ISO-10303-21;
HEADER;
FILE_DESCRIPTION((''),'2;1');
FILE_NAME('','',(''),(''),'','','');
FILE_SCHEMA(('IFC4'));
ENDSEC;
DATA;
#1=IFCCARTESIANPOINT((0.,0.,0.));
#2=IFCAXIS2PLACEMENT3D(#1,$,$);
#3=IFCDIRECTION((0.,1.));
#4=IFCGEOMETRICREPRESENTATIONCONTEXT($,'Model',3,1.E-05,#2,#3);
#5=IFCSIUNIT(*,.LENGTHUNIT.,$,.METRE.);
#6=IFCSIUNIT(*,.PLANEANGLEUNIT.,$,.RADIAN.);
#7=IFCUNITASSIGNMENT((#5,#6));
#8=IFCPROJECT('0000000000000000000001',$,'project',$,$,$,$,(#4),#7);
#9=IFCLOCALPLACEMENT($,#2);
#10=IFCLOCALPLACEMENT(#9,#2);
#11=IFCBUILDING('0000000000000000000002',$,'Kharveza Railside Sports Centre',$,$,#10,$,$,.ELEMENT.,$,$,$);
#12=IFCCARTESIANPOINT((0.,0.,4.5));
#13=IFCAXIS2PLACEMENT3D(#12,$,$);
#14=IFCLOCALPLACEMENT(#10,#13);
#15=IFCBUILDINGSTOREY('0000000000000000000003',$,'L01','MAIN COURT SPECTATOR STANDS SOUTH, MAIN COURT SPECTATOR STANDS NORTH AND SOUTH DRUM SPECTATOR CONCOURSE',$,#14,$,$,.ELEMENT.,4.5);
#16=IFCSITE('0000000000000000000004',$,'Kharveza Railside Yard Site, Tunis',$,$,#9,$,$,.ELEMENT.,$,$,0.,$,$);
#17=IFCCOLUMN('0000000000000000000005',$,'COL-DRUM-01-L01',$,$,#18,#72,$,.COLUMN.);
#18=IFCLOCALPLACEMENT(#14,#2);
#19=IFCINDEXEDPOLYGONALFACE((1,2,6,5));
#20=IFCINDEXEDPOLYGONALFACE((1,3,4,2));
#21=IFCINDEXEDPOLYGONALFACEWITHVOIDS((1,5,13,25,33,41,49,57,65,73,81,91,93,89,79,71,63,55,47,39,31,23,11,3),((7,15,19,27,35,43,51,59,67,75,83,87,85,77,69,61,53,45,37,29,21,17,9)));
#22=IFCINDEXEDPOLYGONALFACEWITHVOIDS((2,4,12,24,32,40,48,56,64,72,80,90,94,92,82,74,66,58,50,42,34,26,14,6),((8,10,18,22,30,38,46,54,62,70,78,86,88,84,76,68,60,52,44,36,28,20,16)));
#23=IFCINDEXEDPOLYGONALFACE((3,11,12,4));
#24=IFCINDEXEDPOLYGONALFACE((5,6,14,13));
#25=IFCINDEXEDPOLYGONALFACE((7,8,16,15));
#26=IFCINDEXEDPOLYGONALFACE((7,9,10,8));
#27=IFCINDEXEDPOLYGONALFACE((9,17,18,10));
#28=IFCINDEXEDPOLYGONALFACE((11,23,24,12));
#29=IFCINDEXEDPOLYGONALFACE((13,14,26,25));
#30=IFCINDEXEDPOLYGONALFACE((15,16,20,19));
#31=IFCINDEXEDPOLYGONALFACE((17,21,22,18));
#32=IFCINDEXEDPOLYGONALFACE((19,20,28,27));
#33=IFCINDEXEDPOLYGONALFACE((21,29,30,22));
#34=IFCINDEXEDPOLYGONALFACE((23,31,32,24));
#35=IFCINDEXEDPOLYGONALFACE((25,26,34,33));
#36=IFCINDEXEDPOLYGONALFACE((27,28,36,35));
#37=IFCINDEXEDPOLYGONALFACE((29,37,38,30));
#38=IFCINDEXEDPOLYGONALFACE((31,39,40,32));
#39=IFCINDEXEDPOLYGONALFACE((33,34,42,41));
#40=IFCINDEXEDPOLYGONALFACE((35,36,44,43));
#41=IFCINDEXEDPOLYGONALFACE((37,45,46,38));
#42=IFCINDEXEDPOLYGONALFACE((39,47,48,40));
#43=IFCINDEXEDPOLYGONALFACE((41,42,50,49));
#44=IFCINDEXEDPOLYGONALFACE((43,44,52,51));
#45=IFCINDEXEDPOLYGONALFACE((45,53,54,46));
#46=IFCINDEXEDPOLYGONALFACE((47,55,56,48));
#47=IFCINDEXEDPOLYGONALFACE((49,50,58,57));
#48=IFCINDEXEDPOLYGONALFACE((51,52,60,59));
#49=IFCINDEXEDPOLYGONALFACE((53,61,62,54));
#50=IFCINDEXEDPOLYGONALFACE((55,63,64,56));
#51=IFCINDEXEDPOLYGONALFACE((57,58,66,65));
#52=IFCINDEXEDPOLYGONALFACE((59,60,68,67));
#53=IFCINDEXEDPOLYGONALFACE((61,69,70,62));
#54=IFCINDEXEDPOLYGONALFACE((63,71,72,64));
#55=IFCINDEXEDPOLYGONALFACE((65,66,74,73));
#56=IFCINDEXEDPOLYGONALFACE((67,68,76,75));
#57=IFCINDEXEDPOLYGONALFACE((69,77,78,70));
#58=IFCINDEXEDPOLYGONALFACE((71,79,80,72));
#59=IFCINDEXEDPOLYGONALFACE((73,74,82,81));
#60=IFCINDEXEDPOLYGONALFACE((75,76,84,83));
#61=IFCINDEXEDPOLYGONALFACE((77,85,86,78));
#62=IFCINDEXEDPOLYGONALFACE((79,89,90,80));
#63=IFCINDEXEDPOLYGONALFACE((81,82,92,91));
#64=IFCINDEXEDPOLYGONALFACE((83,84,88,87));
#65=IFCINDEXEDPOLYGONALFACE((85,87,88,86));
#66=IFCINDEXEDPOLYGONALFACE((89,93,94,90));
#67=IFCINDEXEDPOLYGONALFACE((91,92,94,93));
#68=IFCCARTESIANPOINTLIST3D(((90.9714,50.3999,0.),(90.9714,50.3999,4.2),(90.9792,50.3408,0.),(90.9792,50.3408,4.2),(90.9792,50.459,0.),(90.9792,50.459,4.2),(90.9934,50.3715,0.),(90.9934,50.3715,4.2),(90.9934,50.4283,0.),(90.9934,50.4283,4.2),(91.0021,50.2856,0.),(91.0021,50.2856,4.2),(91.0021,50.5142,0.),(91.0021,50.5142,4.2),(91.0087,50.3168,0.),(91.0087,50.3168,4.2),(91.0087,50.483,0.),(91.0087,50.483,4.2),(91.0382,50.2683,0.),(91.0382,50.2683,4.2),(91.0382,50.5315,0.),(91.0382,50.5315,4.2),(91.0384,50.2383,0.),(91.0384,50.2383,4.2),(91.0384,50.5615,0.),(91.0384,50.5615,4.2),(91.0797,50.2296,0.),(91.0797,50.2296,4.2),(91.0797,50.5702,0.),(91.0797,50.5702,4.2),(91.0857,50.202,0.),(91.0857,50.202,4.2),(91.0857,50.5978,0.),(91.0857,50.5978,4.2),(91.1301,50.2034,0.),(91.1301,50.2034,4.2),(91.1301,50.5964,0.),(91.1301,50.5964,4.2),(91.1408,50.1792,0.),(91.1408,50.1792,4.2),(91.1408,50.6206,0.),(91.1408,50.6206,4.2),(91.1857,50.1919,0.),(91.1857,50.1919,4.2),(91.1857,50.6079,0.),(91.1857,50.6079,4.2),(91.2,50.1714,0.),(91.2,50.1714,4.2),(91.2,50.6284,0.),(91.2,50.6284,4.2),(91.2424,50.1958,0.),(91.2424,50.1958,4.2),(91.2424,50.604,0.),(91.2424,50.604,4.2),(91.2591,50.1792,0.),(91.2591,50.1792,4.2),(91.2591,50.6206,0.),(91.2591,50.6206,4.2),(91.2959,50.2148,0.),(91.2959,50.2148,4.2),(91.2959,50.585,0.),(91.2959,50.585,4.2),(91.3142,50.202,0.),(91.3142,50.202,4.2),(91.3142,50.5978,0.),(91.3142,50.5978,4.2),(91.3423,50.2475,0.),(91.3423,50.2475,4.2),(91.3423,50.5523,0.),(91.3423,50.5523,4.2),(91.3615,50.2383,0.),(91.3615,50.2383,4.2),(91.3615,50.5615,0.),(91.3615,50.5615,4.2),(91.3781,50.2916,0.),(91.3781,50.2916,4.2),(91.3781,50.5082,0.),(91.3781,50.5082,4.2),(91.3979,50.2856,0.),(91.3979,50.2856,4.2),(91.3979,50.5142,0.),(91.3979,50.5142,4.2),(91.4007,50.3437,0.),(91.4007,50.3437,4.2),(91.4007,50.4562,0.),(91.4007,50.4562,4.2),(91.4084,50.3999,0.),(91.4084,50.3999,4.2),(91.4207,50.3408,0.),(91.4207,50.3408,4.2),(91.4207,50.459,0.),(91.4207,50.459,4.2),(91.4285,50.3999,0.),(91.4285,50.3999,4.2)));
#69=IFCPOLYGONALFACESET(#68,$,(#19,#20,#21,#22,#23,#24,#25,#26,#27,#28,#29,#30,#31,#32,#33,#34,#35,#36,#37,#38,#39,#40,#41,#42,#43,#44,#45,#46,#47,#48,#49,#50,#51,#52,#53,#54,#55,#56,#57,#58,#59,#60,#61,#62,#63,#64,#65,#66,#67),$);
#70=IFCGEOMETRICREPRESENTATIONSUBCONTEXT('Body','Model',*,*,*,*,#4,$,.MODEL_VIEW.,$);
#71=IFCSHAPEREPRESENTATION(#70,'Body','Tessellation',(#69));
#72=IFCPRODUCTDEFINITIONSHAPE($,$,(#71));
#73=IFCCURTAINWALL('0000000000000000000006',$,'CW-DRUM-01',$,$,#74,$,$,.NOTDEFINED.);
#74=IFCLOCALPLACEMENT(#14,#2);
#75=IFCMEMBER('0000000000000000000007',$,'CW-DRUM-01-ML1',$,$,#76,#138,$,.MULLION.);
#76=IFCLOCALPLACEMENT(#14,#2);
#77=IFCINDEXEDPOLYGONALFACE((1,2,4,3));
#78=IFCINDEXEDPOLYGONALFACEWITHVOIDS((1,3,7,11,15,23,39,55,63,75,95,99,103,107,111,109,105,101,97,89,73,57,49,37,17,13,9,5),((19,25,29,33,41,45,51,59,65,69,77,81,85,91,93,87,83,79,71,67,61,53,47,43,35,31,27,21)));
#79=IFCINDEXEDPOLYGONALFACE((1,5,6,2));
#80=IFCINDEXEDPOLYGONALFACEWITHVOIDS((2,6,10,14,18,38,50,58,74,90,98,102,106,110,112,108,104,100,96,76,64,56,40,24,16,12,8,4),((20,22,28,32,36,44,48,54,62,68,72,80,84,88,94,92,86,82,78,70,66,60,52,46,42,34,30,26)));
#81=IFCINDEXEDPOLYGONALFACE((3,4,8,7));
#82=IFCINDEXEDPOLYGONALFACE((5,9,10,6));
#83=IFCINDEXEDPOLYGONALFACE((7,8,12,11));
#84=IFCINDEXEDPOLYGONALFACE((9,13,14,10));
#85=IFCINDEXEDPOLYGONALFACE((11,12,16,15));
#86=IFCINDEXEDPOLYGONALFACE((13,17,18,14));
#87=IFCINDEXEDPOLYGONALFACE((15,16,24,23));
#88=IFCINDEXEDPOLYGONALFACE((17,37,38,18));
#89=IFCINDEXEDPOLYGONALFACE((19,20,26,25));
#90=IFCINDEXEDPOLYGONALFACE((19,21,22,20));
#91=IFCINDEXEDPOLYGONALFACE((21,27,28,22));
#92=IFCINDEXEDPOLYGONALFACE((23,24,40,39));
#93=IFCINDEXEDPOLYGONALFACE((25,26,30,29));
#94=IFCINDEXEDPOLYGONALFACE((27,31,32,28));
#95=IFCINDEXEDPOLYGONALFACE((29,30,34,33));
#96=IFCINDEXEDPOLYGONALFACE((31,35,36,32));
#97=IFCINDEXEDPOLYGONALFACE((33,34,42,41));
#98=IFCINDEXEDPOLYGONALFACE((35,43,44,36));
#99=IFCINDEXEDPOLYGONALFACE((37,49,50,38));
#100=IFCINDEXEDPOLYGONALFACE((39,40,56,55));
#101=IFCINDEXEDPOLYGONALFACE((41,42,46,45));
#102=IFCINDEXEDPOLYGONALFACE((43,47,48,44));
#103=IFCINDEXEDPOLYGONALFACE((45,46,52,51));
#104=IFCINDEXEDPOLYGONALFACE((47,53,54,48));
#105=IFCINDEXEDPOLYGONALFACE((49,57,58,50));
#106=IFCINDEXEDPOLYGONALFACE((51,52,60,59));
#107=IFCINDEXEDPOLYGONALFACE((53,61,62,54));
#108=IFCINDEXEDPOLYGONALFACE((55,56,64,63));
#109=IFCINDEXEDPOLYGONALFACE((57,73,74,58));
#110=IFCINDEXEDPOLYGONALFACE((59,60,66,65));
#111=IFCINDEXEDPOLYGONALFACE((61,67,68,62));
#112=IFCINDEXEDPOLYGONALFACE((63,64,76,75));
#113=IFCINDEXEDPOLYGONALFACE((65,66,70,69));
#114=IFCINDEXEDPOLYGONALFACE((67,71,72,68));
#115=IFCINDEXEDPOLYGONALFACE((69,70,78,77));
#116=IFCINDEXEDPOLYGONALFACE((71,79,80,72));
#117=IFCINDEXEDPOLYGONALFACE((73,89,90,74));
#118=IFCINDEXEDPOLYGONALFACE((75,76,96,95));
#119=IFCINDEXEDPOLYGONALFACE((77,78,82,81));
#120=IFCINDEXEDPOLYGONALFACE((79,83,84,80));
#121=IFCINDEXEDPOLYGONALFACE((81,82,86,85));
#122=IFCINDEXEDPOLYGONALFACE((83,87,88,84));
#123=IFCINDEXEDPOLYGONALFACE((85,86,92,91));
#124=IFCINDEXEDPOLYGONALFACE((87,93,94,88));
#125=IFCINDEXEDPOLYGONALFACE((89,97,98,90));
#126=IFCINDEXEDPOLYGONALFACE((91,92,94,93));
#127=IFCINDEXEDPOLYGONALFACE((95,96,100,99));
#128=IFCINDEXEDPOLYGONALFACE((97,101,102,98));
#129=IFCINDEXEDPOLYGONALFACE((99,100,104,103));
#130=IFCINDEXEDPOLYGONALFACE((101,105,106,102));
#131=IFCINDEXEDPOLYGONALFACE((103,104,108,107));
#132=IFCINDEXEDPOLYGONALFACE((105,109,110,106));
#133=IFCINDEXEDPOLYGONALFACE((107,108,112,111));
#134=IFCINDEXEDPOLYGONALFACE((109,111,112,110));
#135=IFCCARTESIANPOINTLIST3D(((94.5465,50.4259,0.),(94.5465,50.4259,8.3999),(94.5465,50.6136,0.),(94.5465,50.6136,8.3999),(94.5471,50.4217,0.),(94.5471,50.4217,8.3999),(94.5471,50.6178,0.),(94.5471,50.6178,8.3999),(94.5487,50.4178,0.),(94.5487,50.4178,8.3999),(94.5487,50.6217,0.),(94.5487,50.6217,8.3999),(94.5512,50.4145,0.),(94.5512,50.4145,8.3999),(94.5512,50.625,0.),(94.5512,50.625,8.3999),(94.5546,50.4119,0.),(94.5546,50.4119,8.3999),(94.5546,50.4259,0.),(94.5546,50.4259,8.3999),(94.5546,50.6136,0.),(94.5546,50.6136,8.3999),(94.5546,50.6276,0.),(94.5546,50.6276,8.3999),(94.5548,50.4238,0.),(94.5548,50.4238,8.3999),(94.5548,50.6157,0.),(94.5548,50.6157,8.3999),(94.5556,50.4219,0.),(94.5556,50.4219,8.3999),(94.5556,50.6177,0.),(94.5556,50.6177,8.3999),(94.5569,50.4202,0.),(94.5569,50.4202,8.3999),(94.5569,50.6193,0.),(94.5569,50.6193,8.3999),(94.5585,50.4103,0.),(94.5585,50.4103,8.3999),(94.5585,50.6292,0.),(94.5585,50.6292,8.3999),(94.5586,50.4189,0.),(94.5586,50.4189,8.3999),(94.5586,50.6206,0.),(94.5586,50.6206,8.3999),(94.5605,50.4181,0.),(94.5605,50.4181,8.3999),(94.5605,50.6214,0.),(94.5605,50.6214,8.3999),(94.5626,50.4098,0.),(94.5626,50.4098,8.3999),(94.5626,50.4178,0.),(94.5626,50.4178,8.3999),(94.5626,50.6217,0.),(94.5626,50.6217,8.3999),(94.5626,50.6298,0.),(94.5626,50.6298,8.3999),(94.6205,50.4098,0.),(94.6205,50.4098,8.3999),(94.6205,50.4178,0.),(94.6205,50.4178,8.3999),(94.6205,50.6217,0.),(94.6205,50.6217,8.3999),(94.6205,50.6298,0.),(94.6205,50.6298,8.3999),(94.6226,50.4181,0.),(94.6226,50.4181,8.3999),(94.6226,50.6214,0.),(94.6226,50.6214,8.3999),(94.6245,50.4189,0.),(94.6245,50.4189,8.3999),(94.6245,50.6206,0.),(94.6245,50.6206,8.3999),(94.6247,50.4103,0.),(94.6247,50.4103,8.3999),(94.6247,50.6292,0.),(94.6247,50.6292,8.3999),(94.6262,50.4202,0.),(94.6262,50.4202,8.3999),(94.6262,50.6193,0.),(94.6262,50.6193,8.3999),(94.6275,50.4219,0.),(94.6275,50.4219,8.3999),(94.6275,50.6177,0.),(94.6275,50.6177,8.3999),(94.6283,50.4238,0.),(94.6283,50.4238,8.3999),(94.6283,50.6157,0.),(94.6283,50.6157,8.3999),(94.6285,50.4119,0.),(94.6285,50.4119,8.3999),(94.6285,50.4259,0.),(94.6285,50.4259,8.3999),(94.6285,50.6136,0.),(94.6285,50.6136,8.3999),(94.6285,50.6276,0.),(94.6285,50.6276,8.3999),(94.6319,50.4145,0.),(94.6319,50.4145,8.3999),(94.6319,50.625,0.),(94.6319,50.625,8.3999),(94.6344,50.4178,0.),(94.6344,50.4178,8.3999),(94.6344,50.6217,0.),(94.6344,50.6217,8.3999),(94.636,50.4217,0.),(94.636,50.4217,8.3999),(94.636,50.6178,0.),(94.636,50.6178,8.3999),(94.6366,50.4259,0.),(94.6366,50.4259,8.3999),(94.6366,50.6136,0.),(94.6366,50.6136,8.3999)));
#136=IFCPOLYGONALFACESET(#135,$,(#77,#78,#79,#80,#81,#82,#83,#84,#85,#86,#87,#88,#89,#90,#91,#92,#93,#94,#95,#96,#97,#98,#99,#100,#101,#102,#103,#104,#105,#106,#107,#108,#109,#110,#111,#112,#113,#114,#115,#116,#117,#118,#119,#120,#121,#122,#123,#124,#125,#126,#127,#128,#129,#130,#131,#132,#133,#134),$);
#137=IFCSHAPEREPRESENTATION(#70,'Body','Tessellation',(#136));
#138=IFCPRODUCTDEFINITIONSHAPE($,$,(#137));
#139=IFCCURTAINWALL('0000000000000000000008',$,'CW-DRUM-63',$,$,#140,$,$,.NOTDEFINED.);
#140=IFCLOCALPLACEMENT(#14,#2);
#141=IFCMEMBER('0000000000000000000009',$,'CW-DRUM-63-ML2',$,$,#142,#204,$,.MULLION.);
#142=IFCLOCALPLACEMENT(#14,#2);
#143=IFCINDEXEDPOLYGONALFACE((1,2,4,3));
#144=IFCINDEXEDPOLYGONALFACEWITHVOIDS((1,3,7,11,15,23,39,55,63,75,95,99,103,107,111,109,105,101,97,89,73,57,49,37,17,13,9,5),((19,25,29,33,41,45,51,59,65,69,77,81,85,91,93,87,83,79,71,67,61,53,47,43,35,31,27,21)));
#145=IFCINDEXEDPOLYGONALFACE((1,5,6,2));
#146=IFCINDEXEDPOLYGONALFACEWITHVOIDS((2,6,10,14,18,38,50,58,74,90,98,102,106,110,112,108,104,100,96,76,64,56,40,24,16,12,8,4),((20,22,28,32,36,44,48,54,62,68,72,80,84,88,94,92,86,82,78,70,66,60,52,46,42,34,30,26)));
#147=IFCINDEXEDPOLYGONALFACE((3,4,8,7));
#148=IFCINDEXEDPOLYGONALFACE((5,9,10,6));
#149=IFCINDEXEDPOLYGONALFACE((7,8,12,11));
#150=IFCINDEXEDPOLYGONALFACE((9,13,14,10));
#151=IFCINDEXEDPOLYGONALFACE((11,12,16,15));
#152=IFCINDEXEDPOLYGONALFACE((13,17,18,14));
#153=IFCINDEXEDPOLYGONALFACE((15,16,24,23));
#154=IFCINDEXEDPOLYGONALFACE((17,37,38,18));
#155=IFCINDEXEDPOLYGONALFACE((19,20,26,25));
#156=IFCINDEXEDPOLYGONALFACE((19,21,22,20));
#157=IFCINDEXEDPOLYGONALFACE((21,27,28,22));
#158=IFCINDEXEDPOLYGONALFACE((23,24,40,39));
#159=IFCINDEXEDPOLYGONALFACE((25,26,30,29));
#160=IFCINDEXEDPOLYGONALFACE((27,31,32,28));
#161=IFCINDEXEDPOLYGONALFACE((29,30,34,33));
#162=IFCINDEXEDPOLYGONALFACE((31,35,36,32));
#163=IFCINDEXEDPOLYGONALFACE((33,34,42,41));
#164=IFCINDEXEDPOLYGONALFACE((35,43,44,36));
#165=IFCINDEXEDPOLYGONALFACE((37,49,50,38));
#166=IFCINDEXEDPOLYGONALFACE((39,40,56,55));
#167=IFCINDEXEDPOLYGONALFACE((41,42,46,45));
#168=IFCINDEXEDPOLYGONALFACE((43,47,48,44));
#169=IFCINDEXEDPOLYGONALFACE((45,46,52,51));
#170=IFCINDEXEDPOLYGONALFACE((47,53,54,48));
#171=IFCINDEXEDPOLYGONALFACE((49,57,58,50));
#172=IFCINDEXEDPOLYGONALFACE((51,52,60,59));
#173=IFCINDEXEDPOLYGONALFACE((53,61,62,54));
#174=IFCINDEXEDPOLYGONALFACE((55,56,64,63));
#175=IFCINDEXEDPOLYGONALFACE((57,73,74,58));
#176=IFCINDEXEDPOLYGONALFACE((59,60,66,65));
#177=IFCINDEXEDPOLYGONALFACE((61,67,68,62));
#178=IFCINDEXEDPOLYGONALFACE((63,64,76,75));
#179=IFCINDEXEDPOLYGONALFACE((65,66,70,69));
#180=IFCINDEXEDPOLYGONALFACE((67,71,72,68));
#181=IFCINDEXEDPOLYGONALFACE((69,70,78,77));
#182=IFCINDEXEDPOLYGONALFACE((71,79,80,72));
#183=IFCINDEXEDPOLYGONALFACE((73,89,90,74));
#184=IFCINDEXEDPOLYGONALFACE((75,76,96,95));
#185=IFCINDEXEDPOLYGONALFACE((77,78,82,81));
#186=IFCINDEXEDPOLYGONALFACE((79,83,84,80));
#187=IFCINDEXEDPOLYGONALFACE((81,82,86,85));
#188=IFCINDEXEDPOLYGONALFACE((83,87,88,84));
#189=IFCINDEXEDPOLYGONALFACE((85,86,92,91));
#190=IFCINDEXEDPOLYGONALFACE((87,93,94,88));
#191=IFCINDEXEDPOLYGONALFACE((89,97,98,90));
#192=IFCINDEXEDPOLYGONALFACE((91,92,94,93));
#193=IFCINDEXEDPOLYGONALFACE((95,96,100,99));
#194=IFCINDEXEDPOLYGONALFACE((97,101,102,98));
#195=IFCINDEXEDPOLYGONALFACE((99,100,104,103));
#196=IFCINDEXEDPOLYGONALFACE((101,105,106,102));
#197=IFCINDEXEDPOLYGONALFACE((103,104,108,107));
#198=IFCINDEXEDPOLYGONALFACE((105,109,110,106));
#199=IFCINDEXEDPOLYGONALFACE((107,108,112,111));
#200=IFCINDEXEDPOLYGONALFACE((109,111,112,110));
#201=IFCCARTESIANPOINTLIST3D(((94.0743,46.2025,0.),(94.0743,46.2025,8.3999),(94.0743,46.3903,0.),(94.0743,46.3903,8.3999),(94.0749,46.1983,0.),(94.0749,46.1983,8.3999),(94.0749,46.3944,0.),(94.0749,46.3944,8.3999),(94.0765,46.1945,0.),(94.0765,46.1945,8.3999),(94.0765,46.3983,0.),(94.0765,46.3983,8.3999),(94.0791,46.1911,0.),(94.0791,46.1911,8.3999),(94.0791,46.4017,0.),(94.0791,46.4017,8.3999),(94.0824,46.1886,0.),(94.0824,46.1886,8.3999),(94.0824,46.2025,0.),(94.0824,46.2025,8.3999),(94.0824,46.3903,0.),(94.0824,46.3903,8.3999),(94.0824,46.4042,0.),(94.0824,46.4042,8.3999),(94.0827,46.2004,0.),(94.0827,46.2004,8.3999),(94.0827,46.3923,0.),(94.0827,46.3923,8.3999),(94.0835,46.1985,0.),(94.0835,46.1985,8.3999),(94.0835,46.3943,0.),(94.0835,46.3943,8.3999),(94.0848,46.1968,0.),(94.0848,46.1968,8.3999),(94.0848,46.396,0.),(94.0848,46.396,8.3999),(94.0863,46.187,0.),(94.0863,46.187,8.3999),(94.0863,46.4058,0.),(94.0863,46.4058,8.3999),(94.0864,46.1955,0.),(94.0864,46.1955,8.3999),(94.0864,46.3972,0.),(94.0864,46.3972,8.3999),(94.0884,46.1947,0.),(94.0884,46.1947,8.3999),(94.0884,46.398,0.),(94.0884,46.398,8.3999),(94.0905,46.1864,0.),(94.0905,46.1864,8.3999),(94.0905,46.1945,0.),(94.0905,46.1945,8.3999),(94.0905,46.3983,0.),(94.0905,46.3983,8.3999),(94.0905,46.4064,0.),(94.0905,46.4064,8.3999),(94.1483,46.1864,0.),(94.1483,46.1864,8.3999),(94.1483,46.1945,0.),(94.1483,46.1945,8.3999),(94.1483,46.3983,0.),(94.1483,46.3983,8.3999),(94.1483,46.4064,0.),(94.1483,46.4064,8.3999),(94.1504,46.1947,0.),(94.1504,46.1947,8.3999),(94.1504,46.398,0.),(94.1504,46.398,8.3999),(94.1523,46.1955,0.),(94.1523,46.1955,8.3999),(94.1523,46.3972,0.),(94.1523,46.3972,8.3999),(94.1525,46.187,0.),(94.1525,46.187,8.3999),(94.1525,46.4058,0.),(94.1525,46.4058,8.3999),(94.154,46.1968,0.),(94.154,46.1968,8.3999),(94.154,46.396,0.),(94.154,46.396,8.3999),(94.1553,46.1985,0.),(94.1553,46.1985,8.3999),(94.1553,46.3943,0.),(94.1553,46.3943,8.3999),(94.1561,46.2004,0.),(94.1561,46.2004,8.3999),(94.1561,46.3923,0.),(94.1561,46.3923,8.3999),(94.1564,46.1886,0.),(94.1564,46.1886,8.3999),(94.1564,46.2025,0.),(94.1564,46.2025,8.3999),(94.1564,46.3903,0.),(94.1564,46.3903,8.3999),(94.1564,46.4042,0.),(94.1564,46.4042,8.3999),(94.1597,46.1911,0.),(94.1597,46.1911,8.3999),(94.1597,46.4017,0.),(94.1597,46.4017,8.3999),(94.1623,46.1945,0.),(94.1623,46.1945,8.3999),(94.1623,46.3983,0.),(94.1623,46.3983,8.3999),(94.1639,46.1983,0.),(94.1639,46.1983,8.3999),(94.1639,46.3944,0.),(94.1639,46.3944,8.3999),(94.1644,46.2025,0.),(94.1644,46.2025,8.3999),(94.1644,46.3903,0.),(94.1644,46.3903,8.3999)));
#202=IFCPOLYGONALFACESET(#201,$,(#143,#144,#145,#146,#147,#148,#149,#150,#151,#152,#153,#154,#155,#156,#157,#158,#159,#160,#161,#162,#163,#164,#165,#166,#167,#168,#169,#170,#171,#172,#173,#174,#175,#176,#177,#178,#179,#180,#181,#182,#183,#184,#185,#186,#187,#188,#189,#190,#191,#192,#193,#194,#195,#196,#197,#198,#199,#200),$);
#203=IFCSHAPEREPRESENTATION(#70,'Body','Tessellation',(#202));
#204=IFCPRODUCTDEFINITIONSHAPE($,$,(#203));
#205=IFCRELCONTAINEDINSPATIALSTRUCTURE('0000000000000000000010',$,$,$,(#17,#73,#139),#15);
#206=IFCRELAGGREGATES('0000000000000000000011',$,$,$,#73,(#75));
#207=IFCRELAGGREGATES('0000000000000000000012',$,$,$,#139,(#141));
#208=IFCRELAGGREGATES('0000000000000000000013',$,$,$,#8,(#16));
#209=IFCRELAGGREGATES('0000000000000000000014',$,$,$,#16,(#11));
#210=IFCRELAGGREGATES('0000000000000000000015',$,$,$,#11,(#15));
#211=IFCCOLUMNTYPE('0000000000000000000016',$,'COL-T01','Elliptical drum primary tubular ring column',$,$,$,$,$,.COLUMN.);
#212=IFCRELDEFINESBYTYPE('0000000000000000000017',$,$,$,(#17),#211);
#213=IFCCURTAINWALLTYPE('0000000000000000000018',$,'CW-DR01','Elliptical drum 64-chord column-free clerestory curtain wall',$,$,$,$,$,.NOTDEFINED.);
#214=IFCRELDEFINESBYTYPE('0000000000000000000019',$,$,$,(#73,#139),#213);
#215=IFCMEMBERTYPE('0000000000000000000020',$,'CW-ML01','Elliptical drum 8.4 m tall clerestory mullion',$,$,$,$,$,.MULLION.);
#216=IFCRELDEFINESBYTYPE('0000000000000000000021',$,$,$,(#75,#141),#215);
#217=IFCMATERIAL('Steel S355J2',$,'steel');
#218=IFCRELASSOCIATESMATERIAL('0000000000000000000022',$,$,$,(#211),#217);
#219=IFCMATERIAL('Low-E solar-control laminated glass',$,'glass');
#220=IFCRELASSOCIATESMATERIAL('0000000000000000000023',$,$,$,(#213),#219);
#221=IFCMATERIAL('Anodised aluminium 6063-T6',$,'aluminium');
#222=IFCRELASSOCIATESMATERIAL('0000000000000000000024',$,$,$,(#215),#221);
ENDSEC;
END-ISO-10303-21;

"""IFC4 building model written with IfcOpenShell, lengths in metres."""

from ifc_helpers import new_model, si_unit, direction, frame, origin, origin_2d, place, context, subcontext, project, spatial, hollow_rectangle, hollow_circle, extrude, material, material_profile, profile_set, type_object, element, aggregate, save


model = new_model("IFC4")

# Units and contexts
model_context = context("Model", 3, precision=1e-05, world=origin(), true_north=direction((0.0, 1.0)))
body_context = subcontext(model_context, "Body", "Model", "MODEL_VIEW")
ifc_project = project(units=[si_unit("LENGTHUNIT", "METRE"), si_unit("PLANEANGLEUNIT", "RADIAN")], contexts=[model_context])

# Site, building, storey
site_placement = place(None, origin())
site = spatial("IfcSite", under=ifc_project, at=site_placement, Name="Kharveza Railside Yard Site, Tunis", CompositionType="ELEMENT", RefElevation=0.0)
building_placement = place(site_placement, origin())
building = spatial("IfcBuilding", under=site, at=building_placement, Name="Kharveza Railside Sports Centre", CompositionType="ELEMENT")
storey_placement = place(building_placement, frame((0.0, 0.0, 4.5)))
storey = spatial("IfcBuildingStorey", under=building, at=storey_placement, Name="L01", Description="MAIN COURT SPECTATOR STANDS SOUTH, MAIN COURT SPECTATOR STANDS NORTH AND SOUTH DRUM SPECTATOR CONCOURSE", CompositionType="ELEMENT", Elevation=4.5)

# Column
ifc_material_1 = material(Name="Steel S355J2", Category="steel")
ifc_material_profile_1 = material_profile(ifc_material_1, hollow_circle(Radius=0.2285, WallThickness=0.02, at=origin_2d()), Name="CHS 457.0x20.0")
ifc_profile_set_1 = profile_set([ifc_material_profile_1], Name="Steel S355J2")
column_type = type_object("IfcColumnType", Name="COL-T01", Description="Elliptical drum primary tubular ring column", PredefinedType="COLUMN", material=ifc_profile_set_1)
column_placement = place(storey_placement, frame((91.2, 50.3999, 0.0), z_axis=(0.0, 0.0, 1.0), x_axis=(1.0, 0.0, 0.0)))
element("IfcColumn", 1, at=column_placement, inside=storey, type_object=column_type, Name="COL-DRUM-01-L01", PredefinedType="COLUMN", context=body_context, shape_type="SweptSolid", body=[
    extrude(hollow_circle(Radius=0.2285, WallThickness=0.02, at=origin_2d()), origin(), (0.0, 0.0, 1.0), 4.2),
])

# Curtain wall, member
ifc_material_2 = material(Name="Low-E solar-control laminated glass", Category="glass")
curtain_wall_type = type_object("IfcCurtainWallType", Name="CW-DR01", Description="Elliptical drum 64-chord column-free clerestory curtain wall", PredefinedType="NOTDEFINED", material=ifc_material_2)
curtain_wall_1_placement = place(storey_placement, origin())
curtain_wall_1 = element("IfcCurtainWall", 2, at=curtain_wall_1_placement, inside=storey, type_object=curtain_wall_type, Name="CW-DRUM-01", PredefinedType="NOTDEFINED")
ifc_material_3 = material(Name="Anodised aluminium 6063-T6", Category="aluminium")
ifc_material_profile_2 = material_profile(ifc_material_3, hollow_rectangle(XDim=0.0901, YDim=0.22, WallThickness=0.0081, InnerFilletRadius=0.0081, OuterFilletRadius=0.0161, at=origin_2d()), Name="RHS 90x220x8.0")
ifc_profile_set_2 = profile_set([ifc_material_profile_2], Name="Anodised aluminium 6063-T6")
member_type_1 = type_object("IfcMemberType", Name="CW-ML01", Description="Elliptical drum 8.4 m tall clerestory mullion", PredefinedType="MULLION", material=ifc_profile_set_2)
member_1_placement = place(storey_placement, frame((94.5916, 50.5198, 0.0), z_axis=(0.0, 0.0, 1.0), x_axis=(1.0, 0.0, 0.0)))
member_1 = element("IfcMember", 3, at=member_1_placement, type_object=member_type_1, Name="CW-DRUM-01-ML1", PredefinedType="MULLION", context=body_context, shape_type="SweptSolid", body=[
    extrude(hollow_rectangle(XDim=0.0901, YDim=0.22, WallThickness=0.0081, InnerFilletRadius=0.0081, OuterFilletRadius=0.0161, at=origin_2d()), origin(), (0.0, 0.0, 1.0), 8.3999),
])

# Curtain wall, member
curtain_wall_2_placement = place(storey_placement, origin())
curtain_wall_2 = element("IfcCurtainWall", 4, at=curtain_wall_2_placement, inside=storey, type_object=curtain_wall_type, Name="CW-DRUM-63", PredefinedType="NOTDEFINED")
member_2_placement = place(storey_placement, frame((94.1194, 46.2964, 0.0), z_axis=(0.0, 0.0, 1.0), x_axis=(1.0, 0.0, 0.0)))
member_2 = element("IfcMember", 5, at=member_2_placement, type_object=member_type_1, Name="CW-DRUM-63-ML2", PredefinedType="MULLION", context=body_context, shape_type="SweptSolid", body=[
    extrude(hollow_rectangle(XDim=0.0901, YDim=0.22, WallThickness=0.0081, InnerFilletRadius=0.0081, OuterFilletRadius=0.0161, at=origin_2d()), origin(), (0.0, 0.0, 1.0), 8.3999),
])

aggregate(curtain_wall_1, [member_1])

aggregate(curtain_wall_2, [member_2])

save(model, "model.ifc")
